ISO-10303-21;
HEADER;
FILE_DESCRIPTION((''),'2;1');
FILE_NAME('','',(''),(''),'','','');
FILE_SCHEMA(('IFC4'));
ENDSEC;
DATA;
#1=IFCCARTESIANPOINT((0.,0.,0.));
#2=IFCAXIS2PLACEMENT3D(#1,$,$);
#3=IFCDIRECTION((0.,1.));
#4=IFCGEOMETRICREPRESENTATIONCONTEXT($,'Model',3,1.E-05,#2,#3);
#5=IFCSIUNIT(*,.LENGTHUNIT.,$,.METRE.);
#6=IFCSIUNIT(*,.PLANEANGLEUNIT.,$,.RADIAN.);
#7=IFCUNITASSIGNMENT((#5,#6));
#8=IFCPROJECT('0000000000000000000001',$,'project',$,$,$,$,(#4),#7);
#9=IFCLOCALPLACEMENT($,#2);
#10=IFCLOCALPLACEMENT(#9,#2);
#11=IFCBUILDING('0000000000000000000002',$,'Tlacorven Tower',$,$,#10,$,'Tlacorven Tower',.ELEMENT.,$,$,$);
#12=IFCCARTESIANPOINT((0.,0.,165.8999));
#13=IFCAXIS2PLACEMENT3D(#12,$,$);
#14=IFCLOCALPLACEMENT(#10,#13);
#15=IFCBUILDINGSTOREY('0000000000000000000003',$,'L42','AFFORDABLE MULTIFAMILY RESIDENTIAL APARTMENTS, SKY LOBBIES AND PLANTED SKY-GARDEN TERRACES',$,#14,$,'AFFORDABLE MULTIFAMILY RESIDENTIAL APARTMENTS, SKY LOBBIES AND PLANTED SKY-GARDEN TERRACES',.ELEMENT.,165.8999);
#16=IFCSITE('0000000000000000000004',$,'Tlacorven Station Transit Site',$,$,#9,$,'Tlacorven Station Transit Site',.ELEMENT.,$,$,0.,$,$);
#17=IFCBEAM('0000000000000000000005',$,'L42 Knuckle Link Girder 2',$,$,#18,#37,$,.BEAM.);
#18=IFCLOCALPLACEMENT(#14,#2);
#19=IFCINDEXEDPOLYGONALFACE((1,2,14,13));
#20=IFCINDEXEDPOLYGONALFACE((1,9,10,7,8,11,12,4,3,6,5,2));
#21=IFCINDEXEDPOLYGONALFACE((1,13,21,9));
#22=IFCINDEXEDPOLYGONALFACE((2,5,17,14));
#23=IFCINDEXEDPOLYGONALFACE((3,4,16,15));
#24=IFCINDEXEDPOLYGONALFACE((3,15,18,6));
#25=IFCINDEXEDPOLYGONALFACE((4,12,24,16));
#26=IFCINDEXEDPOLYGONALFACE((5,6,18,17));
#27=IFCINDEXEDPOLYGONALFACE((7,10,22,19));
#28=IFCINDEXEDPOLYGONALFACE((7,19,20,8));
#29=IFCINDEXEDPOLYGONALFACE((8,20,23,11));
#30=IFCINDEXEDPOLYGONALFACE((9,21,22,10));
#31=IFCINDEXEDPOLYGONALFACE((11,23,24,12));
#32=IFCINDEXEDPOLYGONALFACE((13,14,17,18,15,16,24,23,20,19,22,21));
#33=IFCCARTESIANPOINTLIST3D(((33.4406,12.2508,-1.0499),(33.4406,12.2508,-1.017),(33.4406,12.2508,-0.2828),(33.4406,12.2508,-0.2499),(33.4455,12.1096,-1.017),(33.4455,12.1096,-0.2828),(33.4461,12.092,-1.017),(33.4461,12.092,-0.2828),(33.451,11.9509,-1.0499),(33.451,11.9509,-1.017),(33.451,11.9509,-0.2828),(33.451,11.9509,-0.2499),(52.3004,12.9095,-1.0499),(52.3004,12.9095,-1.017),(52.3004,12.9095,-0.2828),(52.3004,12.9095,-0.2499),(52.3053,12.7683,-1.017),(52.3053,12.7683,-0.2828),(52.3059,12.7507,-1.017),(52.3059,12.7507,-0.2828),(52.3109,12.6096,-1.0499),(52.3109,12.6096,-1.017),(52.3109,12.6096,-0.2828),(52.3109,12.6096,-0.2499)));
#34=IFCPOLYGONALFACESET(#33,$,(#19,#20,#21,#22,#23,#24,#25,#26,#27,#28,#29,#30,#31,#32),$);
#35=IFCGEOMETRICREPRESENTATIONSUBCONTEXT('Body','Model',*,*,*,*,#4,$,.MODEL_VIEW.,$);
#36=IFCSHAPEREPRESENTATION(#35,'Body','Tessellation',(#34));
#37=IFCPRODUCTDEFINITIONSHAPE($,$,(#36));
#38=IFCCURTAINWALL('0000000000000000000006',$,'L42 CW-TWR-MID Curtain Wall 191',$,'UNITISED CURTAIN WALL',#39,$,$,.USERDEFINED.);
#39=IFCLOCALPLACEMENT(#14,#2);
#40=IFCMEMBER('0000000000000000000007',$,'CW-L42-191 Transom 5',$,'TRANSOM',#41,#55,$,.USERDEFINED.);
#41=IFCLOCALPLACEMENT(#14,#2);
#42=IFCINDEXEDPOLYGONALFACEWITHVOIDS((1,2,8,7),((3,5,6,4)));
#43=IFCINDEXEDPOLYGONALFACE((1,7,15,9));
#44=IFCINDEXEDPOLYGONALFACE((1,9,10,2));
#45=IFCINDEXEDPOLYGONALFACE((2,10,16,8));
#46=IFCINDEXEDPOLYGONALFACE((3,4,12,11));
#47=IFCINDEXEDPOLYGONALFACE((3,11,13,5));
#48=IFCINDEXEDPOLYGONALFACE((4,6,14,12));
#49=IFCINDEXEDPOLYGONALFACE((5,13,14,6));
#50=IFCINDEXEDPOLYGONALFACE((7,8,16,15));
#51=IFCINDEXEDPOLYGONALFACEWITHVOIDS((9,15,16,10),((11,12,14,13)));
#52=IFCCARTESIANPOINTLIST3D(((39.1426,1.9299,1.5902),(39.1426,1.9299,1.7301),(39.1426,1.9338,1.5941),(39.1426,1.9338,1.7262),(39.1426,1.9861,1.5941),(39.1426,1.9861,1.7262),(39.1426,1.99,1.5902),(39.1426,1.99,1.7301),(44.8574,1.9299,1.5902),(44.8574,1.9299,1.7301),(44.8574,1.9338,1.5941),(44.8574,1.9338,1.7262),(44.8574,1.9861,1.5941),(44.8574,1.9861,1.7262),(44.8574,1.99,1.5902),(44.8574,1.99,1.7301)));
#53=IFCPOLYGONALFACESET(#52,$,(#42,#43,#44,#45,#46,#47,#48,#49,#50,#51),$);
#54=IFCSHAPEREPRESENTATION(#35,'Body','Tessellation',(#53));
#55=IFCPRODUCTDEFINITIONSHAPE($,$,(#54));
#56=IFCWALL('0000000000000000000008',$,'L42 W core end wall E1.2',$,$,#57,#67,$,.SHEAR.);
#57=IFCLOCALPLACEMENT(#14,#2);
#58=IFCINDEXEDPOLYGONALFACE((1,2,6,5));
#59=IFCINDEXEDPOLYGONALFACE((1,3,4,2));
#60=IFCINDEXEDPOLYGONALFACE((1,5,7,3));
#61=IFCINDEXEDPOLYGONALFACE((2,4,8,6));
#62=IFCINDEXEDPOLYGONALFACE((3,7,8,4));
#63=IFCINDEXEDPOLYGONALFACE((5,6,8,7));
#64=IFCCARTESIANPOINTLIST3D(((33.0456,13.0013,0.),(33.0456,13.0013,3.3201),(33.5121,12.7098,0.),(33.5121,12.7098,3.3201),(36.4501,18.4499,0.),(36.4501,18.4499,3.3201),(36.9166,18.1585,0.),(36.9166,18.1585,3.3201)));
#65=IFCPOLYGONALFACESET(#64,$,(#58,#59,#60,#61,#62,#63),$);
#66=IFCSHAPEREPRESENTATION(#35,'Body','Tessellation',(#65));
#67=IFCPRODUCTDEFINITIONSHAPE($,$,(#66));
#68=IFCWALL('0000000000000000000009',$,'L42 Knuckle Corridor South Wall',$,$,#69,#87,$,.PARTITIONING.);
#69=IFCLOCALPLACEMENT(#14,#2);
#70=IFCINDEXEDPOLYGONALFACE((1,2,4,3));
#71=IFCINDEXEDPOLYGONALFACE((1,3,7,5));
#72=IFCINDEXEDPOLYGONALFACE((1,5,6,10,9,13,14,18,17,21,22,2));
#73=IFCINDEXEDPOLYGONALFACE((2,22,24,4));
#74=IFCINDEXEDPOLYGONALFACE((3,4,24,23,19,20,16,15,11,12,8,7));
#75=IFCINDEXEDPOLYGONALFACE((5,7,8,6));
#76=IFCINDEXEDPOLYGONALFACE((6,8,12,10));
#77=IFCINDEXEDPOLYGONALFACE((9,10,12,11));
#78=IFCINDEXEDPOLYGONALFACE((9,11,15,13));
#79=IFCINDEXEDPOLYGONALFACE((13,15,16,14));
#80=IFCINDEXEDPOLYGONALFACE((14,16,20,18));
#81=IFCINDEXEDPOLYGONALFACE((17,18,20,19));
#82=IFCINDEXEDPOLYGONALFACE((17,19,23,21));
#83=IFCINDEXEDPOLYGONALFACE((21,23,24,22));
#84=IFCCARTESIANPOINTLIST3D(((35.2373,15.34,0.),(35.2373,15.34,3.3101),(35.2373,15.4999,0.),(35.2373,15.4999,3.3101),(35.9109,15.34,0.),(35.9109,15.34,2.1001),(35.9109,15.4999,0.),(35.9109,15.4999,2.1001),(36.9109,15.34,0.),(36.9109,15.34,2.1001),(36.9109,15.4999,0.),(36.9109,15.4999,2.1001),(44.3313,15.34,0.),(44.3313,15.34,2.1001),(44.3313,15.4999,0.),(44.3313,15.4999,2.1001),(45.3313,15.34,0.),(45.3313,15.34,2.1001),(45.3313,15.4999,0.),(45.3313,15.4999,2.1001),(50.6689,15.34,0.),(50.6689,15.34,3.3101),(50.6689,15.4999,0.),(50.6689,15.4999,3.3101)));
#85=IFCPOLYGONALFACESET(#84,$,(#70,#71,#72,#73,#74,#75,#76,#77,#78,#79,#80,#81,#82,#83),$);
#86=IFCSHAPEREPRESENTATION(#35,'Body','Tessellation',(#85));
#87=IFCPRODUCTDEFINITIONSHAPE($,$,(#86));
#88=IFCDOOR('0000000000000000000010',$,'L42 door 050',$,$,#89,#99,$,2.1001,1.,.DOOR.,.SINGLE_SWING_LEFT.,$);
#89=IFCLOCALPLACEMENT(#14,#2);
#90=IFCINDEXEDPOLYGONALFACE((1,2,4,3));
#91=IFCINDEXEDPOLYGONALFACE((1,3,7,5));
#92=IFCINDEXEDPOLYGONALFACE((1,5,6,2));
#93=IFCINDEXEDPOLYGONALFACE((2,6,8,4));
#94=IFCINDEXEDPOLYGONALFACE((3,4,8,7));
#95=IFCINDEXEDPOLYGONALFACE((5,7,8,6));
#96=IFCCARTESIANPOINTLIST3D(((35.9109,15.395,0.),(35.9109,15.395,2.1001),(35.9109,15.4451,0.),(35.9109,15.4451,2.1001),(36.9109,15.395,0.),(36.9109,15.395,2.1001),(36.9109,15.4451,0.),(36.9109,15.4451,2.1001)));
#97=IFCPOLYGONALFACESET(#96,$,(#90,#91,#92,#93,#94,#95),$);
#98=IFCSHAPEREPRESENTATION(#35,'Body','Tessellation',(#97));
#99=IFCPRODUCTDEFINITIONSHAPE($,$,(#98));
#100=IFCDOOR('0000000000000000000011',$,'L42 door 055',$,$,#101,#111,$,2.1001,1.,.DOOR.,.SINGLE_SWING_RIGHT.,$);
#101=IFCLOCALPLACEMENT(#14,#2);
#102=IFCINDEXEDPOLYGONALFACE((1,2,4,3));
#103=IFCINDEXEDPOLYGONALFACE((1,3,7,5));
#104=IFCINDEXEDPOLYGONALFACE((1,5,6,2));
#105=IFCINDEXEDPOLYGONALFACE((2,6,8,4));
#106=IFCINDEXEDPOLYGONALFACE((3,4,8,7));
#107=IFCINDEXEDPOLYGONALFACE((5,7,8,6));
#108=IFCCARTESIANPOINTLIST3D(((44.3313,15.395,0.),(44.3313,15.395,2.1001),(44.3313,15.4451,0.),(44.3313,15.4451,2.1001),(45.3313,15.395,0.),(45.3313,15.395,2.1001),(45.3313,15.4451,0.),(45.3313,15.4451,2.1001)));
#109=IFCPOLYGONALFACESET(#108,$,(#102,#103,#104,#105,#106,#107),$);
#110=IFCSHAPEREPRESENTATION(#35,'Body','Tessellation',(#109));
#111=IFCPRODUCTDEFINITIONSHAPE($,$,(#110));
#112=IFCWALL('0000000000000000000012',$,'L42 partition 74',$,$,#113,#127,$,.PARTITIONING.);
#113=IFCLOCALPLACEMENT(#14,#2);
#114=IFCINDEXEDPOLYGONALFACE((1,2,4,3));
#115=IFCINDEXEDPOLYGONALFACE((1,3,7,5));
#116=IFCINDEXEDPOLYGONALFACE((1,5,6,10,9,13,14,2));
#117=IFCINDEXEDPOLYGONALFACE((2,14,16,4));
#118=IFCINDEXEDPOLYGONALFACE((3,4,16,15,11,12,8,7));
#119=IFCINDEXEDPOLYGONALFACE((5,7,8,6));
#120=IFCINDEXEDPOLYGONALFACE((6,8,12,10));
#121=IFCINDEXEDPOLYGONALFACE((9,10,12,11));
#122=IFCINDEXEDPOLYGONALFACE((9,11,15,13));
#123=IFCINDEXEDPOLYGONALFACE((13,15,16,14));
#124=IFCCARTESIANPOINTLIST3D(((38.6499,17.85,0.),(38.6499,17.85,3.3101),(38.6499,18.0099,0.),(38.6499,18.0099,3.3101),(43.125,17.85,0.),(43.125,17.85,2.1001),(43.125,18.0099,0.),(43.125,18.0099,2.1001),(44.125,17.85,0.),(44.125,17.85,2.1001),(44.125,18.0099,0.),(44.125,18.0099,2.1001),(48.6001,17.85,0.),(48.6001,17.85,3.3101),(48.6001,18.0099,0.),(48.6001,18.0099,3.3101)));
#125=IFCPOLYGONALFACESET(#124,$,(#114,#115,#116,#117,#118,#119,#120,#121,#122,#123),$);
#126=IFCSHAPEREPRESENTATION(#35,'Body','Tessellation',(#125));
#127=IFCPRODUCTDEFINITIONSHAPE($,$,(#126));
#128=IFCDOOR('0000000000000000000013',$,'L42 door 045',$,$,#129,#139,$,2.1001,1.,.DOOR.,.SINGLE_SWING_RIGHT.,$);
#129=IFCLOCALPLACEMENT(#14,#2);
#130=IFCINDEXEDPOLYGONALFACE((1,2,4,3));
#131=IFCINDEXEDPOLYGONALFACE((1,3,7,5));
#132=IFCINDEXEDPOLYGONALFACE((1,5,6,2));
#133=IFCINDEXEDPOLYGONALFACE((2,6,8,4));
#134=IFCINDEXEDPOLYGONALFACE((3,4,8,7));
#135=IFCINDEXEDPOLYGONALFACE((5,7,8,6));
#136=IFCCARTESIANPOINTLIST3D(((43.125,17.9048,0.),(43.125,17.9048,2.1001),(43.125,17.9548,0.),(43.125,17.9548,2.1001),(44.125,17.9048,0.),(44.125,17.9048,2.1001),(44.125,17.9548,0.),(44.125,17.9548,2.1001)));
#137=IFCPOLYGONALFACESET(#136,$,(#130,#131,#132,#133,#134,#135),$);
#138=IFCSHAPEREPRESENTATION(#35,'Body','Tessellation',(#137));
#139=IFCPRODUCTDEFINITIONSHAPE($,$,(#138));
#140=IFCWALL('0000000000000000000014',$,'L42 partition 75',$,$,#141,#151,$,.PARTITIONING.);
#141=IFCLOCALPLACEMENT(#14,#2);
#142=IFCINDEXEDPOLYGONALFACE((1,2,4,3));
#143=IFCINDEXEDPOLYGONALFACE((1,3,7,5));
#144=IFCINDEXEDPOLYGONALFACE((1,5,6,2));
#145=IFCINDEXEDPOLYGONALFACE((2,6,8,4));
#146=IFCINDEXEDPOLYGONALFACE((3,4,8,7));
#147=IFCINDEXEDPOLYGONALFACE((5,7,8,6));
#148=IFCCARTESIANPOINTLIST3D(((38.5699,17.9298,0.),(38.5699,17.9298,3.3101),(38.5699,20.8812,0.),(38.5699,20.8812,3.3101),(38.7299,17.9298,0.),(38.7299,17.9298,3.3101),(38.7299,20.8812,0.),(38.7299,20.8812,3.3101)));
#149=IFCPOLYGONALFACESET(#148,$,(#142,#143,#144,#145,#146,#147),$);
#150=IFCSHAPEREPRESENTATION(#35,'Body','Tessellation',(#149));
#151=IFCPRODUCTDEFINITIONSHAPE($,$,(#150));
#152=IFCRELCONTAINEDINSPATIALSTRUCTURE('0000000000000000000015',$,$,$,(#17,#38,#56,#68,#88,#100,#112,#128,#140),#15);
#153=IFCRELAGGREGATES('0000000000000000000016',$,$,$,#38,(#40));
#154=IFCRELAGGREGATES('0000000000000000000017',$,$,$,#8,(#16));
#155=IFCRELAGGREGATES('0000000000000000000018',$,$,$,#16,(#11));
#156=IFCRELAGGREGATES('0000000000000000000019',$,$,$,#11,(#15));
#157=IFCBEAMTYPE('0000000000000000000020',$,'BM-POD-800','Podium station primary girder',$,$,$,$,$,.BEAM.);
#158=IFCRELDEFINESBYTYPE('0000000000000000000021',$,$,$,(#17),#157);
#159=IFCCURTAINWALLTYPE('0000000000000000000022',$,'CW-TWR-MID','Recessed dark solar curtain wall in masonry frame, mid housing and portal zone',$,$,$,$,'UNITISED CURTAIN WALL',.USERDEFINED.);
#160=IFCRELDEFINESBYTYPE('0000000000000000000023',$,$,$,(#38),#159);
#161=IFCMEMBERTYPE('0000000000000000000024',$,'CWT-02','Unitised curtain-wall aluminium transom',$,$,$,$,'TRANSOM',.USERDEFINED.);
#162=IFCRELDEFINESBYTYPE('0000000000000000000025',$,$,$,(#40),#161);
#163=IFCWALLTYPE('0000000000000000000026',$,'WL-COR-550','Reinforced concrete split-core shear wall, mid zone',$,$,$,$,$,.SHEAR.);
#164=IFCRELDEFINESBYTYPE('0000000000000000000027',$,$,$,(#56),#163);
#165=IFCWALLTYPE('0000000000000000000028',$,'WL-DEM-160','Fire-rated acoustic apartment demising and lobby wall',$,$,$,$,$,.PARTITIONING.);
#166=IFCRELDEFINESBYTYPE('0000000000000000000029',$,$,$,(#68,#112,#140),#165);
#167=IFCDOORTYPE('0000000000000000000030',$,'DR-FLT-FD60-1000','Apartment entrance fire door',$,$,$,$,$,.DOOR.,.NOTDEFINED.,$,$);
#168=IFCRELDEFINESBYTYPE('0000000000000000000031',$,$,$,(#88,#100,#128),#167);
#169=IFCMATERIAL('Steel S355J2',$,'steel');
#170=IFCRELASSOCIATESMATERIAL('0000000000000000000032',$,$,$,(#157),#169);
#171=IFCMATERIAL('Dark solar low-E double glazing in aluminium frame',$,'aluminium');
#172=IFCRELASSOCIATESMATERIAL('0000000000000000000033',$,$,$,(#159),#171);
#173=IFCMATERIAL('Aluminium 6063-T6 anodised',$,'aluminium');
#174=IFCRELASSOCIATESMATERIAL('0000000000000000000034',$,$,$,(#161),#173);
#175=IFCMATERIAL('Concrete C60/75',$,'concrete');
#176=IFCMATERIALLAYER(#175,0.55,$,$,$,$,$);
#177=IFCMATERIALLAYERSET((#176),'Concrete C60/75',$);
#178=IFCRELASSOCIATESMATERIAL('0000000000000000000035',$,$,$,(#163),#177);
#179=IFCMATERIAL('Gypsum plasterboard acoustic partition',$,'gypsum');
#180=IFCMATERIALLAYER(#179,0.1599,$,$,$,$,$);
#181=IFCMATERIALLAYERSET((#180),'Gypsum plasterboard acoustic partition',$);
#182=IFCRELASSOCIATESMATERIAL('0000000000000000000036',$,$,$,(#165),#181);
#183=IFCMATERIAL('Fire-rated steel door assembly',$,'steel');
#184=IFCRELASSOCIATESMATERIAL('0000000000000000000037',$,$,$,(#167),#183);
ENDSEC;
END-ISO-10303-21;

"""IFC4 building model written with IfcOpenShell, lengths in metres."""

from ifc_helpers import new_model, si_unit, direction, frame, frame_2d, origin, origin_2d, place, context, subcontext, project, spatial, rectangle, hollow_rectangle, i_section, extrude, source, transform, mapped, material, layer, layer_set, material_profile, profile_set, type_object, element, fill, aggregate, save


model = new_model("IFC4")

# Units and contexts
model_context = context("Model", 3, precision=1e-05, world=origin(), true_north=direction((0.0, 1.0)))
body_context = subcontext(model_context, "Body", "Model", "MODEL_VIEW")
ifc_project = project(units=[si_unit("LENGTHUNIT", "METRE"), si_unit("PLANEANGLEUNIT", "RADIAN")], contexts=[model_context])

# Site, building, storey
site_placement = place(None, origin())
site = spatial("IfcSite", under=ifc_project, at=site_placement, Name="Tlacorven Station Transit Site", LongName="Tlacorven Station Transit Site", CompositionType="ELEMENT", RefElevation=0.0)
building_placement = place(site_placement, origin())
building = spatial("IfcBuilding", under=site, at=building_placement, Name="Tlacorven Tower", LongName="Tlacorven Tower", CompositionType="ELEMENT")
storey_placement = place(building_placement, frame((0.0, 0.0, 165.8999)))
storey = spatial("IfcBuildingStorey", under=building, at=storey_placement, Name="L42", Description="AFFORDABLE MULTIFAMILY RESIDENTIAL APARTMENTS, SKY LOBBIES AND PLANTED SKY-GARDEN TERRACES", LongName="AFFORDABLE MULTIFAMILY RESIDENTIAL APARTMENTS, SKY LOBBIES AND PLANTED SKY-GARDEN TERRACES", CompositionType="ELEMENT", Elevation=165.8999)

# Beam
ifc_material_1 = material(Name="Steel S355J2", Category="steel")
ifc_material_profile_1 = material_profile(ifc_material_1, i_section(OverallWidth=0.3, OverallDepth=0.8, WebThickness=0.0176, FlangeThickness=0.033, at=origin_2d()), Name="HEB 800")
ifc_profile_set_1 = profile_set([ifc_material_profile_1], Name="Steel S355J2")
beam_type = type_object("IfcBeamType", Name="BM-POD-800", Description="Podium station primary girder", PredefinedType="BEAM", material=ifc_profile_set_1)
shared_shape_1 = source(origin(), body_context, "Body", "SweptSolid", [
    extrude(i_section(OverallWidth=0.3, OverallDepth=0.8, WebThickness=0.0176, FlangeThickness=0.033, at=origin_2d()), origin(), (0.0, 0.0, 1.0), 18.8713),
])
beam_placement = place(storey_placement, frame((33.4458, 12.1008, -0.6499), z_axis=(0.999391, 0.034904, 0.0), x_axis=(-0.034904, 0.999391, 0.0)))
element("IfcBeam", 1, at=beam_placement, inside=storey, type_object=beam_type, Name="L42 Knuckle Link Girder 2", PredefinedType="BEAM", context=body_context, shape_type="MappedRepresentation", body=[
    mapped(shared_shape_1, transform((0.0, 0.0, 0.0), scale=1.0)),
])

# Curtain wall, member
ifc_material_2 = material(Name="Dark solar low-E double glazing in aluminium frame", Category="aluminium")
curtain_wall_type = type_object("IfcCurtainWallType", Name="CW-TWR-MID", Description="Recessed dark solar curtain wall in masonry frame, mid housing and portal zone", ElementType="UNITISED CURTAIN WALL", PredefinedType="USERDEFINED", material=ifc_material_2)
curtain_wall_placement = place(storey_placement, origin())
curtain_wall = element("IfcCurtainWall", 2, at=curtain_wall_placement, inside=storey, type_object=curtain_wall_type, Name="L42 CW-TWR-MID Curtain Wall 191", ObjectType="UNITISED CURTAIN WALL", PredefinedType="USERDEFINED")
ifc_material_3 = material(Name="Aluminium 6063-T6 anodised", Category="aluminium")
ifc_material_profile_2 = material_profile(ifc_material_3, hollow_rectangle(XDim=0.0601, YDim=0.1399, WallThickness=0.0039, at=origin_2d()), Name="ALU TRANSOM 60X140")
ifc_profile_set_2 = profile_set([ifc_material_profile_2], Name="Aluminium 6063-T6 anodised")
member_type = type_object("IfcMemberType", Name="CWT-02", Description="Unitised curtain-wall aluminium transom", ElementType="TRANSOM", PredefinedType="USERDEFINED", material=ifc_profile_set_2)
shared_shape_2 = source(origin(), body_context, "Body", "SweptSolid", [
    extrude(hollow_rectangle(XDim=0.0601, YDim=0.1399, WallThickness=0.0039, at=origin_2d()), origin(), (0.0, 0.0, 1.0), 5.7148),
])
member_placement = place(storey_placement, frame((44.8574, 1.96, 1.6602), z_axis=(-1.0, 0.0, 0.0), x_axis=(0.0, -1.0, 0.0)))
member = element("IfcMember", 3, at=member_placement, type_object=member_type, Name="CW-L42-191 Transom 5", ObjectType="TRANSOM", PredefinedType="USERDEFINED", context=body_context, shape_type="MappedRepresentation", body=[
    mapped(shared_shape_2, transform((0.0, 0.0, 0.0), scale=1.0)),
])
aggregate(curtain_wall, [member])

# Wall
ifc_material_4 = material(Name="Concrete C60/75", Category="concrete")
ifc_layer_1 = layer(ifc_material_4, 0.55)
ifc_layer_set_1 = layer_set([ifc_layer_1], Name="Concrete C60/75")
wall_type_1 = type_object("IfcWallType", Name="WL-COR-550", Description="Reinforced concrete split-core shear wall, mid zone", PredefinedType="SHEAR", material=ifc_layer_set_1)
wall_1_placement = place(storey_placement, frame((36.6833, 18.3042, 0.0), z_axis=(0.0, 0.0, 1.0), x_axis=(-0.529896, -0.848062, 0.0)))
element("IfcWall", 4, at=wall_1_placement, inside=storey, type_object=wall_type_1, Name="L42 W core end wall E1.2", PredefinedType="SHEAR", context=body_context, shape_type="SweptSolid", body=[
    extrude(rectangle(XDim=6.4248, YDim=0.55, at=frame_2d((3.2124, 0.0))), origin(), (0.0, 0.0, 1.0), 3.3201),
])

# Wall, openings, doors
ifc_material_5 = material(Name="Gypsum plasterboard acoustic partition", Category="gypsum")
ifc_layer_2 = layer(ifc_material_5, 0.1599)
ifc_layer_set_2 = layer_set([ifc_layer_2], Name="Gypsum plasterboard acoustic partition")
wall_type_2 = type_object("IfcWallType", Name="WL-DEM-160", Description="Fire-rated acoustic apartment demising and lobby wall", PredefinedType="PARTITIONING", material=ifc_layer_set_2)
wall_2_placement = place(storey_placement, frame((35.2373, 15.4199, 0.0), z_axis=(0.0, 0.0, 1.0), x_axis=(1.0, 0.0, 0.0)))
wall_2 = element("IfcWall", 5, at=wall_2_placement, inside=storey, type_object=wall_type_2, Name="L42 Knuckle Corridor South Wall", PredefinedType="PARTITIONING", context=body_context, shape_type="SweptSolid", body=[
    extrude(rectangle(XDim=15.4316, YDim=0.1599, at=frame_2d((7.7158, 0.0))), origin(), (0.0, 0.0, 1.0), 3.3101),
])
opening_1_placement = place(wall_2_placement, frame((0.6736, 0.0, 0.0)))
opening_1 = element("IfcOpeningElement", 6, at=opening_1_placement, cuts=wall_2, PredefinedType="OPENING", context=body_context, shape_type="SweptSolid", body=[
    extrude(rectangle(XDim=1.0, YDim=2.1001, at=frame_2d((0.5, 1.05))), frame((0.0, 0.0898, 0.0), z_axis=(0.0, -1.0, 0.0), x_axis=(1.0, 0.0, 0.0)), (0.0, 0.0, 1.0), 0.1799),
])
opening_2_placement = place(wall_2_placement, frame((9.094, 0.0, 0.0)))
opening_2 = element("IfcOpeningElement", 7, at=opening_2_placement, cuts=wall_2, PredefinedType="OPENING", context=body_context, shape_type="SweptSolid", body=[
    extrude(rectangle(XDim=1.0, YDim=2.1001, at=frame_2d((0.5, 1.05))), frame((0.0, 0.0898, 0.0), z_axis=(0.0, -1.0, 0.0), x_axis=(1.0, 0.0, 0.0)), (0.0, 0.0, 1.0), 0.1799),
])
ifc_material_6 = material(Name="Fire-rated steel door assembly", Category="steel")
door_type_1 = type_object("IfcDoorType", Name="DR-FLT-FD60-1000", Description="Apartment entrance fire door", OperationType="NOTDEFINED", PredefinedType="DOOR", material=ifc_material_6)
shared_shape_3 = source(origin(), body_context, "Body", "SweptSolid", [
    extrude(rectangle(XDim=1.0, YDim=2.1001, at=frame_2d((0.5, 1.05))), frame((0.0, 0.0249, 0.0), z_axis=(0.0, -1.0, 0.0), x_axis=(1.0, 0.0, 0.0)), (0.0, 0.0, 1.0), 0.05),
])
door_1_placement = place(opening_1_placement, frame((1.0, 0.0, 0.0), z_axis=(0.0, 0.0, 1.0), x_axis=(-1.0, 0.0, 0.0)))
door_1 = element("IfcDoor", 8, at=door_1_placement, inside=storey, type_object=door_type_1, Name="L42 door 050", OperationType="SINGLE_SWING_LEFT", OverallHeight=2.1001, OverallWidth=1.0, PredefinedType="DOOR", context=body_context, shape_type="MappedRepresentation", body=[
    mapped(shared_shape_3, transform((0.0, 0.0, 0.0), scale=1.0)),
])
fill(opening_1, door_1)
door_2_placement = place(opening_2_placement, frame((1.0, 0.0, 0.0), z_axis=(0.0, 0.0, 1.0), x_axis=(-1.0, 0.0, 0.0)))
door_2 = element("IfcDoor", 9, at=door_2_placement, inside=storey, type_object=door_type_1, Name="L42 door 055", OperationType="SINGLE_SWING_RIGHT", OverallHeight=2.1001, OverallWidth=1.0, PredefinedType="DOOR", context=body_context, shape_type="MappedRepresentation", body=[
    mapped(shared_shape_3, transform((0.0, 0.0, 0.0), scale=1.0)),
])
fill(opening_2, door_2)

# Wall, opening, door
wall_3_placement = place(storey_placement, frame((38.6499, 17.9299, 0.0), z_axis=(0.0, 0.0, 1.0), x_axis=(1.0, 0.0, 0.0)))
wall_3 = element("IfcWall", 10, at=wall_3_placement, inside=storey, type_object=wall_type_2, Name="L42 partition 74", PredefinedType="PARTITIONING", context=body_context, shape_type="SweptSolid", body=[
    extrude(rectangle(XDim=9.9502, YDim=0.1599, at=frame_2d((4.9751, 0.0))), origin(), (0.0, 0.0, 1.0), 3.3101),
])
opening_3_placement = place(wall_3_placement, frame((4.4751, 0.0, 0.0)))
opening_3 = element("IfcOpeningElement", 11, at=opening_3_placement, cuts=wall_3, PredefinedType="OPENING", context=body_context, shape_type="SweptSolid", body=[
    extrude(rectangle(XDim=1.0, YDim=2.1001, at=frame_2d((0.5, 1.05))), frame((0.0, 0.0898, 0.0), z_axis=(0.0, -1.0, 0.0), x_axis=(1.0, 0.0, 0.0)), (0.0, 0.0, 1.0), 0.1799),
])
door_3_placement = place(opening_3_placement, origin())
door_3 = element("IfcDoor", 12, at=door_3_placement, inside=storey, type_object=door_type_1, Name="L42 door 045", OperationType="SINGLE_SWING_RIGHT", OverallHeight=2.1001, OverallWidth=1.0, PredefinedType="DOOR", context=body_context, shape_type="MappedRepresentation", body=[
    mapped(shared_shape_3, transform((0.0, 0.0, 0.0), scale=1.0)),
])
fill(opening_3, door_3)

# Wall
wall_4_placement = place(storey_placement, frame((38.6499, 17.9299, 0.0), z_axis=(0.0, 0.0, 1.0), x_axis=(0.0, 1.0, 0.0)))
element("IfcWall", 13, at=wall_4_placement, inside=storey, type_object=wall_type_2, Name="L42 partition 75", PredefinedType="PARTITIONING", context=body_context, shape_type="SweptSolid", body=[
    extrude(rectangle(XDim=2.9514, YDim=0.1599, at=frame_2d((1.4756, 0.0))), origin(), (0.0, 0.0, 1.0), 3.3101),
])

save(model, "model.ifc")
